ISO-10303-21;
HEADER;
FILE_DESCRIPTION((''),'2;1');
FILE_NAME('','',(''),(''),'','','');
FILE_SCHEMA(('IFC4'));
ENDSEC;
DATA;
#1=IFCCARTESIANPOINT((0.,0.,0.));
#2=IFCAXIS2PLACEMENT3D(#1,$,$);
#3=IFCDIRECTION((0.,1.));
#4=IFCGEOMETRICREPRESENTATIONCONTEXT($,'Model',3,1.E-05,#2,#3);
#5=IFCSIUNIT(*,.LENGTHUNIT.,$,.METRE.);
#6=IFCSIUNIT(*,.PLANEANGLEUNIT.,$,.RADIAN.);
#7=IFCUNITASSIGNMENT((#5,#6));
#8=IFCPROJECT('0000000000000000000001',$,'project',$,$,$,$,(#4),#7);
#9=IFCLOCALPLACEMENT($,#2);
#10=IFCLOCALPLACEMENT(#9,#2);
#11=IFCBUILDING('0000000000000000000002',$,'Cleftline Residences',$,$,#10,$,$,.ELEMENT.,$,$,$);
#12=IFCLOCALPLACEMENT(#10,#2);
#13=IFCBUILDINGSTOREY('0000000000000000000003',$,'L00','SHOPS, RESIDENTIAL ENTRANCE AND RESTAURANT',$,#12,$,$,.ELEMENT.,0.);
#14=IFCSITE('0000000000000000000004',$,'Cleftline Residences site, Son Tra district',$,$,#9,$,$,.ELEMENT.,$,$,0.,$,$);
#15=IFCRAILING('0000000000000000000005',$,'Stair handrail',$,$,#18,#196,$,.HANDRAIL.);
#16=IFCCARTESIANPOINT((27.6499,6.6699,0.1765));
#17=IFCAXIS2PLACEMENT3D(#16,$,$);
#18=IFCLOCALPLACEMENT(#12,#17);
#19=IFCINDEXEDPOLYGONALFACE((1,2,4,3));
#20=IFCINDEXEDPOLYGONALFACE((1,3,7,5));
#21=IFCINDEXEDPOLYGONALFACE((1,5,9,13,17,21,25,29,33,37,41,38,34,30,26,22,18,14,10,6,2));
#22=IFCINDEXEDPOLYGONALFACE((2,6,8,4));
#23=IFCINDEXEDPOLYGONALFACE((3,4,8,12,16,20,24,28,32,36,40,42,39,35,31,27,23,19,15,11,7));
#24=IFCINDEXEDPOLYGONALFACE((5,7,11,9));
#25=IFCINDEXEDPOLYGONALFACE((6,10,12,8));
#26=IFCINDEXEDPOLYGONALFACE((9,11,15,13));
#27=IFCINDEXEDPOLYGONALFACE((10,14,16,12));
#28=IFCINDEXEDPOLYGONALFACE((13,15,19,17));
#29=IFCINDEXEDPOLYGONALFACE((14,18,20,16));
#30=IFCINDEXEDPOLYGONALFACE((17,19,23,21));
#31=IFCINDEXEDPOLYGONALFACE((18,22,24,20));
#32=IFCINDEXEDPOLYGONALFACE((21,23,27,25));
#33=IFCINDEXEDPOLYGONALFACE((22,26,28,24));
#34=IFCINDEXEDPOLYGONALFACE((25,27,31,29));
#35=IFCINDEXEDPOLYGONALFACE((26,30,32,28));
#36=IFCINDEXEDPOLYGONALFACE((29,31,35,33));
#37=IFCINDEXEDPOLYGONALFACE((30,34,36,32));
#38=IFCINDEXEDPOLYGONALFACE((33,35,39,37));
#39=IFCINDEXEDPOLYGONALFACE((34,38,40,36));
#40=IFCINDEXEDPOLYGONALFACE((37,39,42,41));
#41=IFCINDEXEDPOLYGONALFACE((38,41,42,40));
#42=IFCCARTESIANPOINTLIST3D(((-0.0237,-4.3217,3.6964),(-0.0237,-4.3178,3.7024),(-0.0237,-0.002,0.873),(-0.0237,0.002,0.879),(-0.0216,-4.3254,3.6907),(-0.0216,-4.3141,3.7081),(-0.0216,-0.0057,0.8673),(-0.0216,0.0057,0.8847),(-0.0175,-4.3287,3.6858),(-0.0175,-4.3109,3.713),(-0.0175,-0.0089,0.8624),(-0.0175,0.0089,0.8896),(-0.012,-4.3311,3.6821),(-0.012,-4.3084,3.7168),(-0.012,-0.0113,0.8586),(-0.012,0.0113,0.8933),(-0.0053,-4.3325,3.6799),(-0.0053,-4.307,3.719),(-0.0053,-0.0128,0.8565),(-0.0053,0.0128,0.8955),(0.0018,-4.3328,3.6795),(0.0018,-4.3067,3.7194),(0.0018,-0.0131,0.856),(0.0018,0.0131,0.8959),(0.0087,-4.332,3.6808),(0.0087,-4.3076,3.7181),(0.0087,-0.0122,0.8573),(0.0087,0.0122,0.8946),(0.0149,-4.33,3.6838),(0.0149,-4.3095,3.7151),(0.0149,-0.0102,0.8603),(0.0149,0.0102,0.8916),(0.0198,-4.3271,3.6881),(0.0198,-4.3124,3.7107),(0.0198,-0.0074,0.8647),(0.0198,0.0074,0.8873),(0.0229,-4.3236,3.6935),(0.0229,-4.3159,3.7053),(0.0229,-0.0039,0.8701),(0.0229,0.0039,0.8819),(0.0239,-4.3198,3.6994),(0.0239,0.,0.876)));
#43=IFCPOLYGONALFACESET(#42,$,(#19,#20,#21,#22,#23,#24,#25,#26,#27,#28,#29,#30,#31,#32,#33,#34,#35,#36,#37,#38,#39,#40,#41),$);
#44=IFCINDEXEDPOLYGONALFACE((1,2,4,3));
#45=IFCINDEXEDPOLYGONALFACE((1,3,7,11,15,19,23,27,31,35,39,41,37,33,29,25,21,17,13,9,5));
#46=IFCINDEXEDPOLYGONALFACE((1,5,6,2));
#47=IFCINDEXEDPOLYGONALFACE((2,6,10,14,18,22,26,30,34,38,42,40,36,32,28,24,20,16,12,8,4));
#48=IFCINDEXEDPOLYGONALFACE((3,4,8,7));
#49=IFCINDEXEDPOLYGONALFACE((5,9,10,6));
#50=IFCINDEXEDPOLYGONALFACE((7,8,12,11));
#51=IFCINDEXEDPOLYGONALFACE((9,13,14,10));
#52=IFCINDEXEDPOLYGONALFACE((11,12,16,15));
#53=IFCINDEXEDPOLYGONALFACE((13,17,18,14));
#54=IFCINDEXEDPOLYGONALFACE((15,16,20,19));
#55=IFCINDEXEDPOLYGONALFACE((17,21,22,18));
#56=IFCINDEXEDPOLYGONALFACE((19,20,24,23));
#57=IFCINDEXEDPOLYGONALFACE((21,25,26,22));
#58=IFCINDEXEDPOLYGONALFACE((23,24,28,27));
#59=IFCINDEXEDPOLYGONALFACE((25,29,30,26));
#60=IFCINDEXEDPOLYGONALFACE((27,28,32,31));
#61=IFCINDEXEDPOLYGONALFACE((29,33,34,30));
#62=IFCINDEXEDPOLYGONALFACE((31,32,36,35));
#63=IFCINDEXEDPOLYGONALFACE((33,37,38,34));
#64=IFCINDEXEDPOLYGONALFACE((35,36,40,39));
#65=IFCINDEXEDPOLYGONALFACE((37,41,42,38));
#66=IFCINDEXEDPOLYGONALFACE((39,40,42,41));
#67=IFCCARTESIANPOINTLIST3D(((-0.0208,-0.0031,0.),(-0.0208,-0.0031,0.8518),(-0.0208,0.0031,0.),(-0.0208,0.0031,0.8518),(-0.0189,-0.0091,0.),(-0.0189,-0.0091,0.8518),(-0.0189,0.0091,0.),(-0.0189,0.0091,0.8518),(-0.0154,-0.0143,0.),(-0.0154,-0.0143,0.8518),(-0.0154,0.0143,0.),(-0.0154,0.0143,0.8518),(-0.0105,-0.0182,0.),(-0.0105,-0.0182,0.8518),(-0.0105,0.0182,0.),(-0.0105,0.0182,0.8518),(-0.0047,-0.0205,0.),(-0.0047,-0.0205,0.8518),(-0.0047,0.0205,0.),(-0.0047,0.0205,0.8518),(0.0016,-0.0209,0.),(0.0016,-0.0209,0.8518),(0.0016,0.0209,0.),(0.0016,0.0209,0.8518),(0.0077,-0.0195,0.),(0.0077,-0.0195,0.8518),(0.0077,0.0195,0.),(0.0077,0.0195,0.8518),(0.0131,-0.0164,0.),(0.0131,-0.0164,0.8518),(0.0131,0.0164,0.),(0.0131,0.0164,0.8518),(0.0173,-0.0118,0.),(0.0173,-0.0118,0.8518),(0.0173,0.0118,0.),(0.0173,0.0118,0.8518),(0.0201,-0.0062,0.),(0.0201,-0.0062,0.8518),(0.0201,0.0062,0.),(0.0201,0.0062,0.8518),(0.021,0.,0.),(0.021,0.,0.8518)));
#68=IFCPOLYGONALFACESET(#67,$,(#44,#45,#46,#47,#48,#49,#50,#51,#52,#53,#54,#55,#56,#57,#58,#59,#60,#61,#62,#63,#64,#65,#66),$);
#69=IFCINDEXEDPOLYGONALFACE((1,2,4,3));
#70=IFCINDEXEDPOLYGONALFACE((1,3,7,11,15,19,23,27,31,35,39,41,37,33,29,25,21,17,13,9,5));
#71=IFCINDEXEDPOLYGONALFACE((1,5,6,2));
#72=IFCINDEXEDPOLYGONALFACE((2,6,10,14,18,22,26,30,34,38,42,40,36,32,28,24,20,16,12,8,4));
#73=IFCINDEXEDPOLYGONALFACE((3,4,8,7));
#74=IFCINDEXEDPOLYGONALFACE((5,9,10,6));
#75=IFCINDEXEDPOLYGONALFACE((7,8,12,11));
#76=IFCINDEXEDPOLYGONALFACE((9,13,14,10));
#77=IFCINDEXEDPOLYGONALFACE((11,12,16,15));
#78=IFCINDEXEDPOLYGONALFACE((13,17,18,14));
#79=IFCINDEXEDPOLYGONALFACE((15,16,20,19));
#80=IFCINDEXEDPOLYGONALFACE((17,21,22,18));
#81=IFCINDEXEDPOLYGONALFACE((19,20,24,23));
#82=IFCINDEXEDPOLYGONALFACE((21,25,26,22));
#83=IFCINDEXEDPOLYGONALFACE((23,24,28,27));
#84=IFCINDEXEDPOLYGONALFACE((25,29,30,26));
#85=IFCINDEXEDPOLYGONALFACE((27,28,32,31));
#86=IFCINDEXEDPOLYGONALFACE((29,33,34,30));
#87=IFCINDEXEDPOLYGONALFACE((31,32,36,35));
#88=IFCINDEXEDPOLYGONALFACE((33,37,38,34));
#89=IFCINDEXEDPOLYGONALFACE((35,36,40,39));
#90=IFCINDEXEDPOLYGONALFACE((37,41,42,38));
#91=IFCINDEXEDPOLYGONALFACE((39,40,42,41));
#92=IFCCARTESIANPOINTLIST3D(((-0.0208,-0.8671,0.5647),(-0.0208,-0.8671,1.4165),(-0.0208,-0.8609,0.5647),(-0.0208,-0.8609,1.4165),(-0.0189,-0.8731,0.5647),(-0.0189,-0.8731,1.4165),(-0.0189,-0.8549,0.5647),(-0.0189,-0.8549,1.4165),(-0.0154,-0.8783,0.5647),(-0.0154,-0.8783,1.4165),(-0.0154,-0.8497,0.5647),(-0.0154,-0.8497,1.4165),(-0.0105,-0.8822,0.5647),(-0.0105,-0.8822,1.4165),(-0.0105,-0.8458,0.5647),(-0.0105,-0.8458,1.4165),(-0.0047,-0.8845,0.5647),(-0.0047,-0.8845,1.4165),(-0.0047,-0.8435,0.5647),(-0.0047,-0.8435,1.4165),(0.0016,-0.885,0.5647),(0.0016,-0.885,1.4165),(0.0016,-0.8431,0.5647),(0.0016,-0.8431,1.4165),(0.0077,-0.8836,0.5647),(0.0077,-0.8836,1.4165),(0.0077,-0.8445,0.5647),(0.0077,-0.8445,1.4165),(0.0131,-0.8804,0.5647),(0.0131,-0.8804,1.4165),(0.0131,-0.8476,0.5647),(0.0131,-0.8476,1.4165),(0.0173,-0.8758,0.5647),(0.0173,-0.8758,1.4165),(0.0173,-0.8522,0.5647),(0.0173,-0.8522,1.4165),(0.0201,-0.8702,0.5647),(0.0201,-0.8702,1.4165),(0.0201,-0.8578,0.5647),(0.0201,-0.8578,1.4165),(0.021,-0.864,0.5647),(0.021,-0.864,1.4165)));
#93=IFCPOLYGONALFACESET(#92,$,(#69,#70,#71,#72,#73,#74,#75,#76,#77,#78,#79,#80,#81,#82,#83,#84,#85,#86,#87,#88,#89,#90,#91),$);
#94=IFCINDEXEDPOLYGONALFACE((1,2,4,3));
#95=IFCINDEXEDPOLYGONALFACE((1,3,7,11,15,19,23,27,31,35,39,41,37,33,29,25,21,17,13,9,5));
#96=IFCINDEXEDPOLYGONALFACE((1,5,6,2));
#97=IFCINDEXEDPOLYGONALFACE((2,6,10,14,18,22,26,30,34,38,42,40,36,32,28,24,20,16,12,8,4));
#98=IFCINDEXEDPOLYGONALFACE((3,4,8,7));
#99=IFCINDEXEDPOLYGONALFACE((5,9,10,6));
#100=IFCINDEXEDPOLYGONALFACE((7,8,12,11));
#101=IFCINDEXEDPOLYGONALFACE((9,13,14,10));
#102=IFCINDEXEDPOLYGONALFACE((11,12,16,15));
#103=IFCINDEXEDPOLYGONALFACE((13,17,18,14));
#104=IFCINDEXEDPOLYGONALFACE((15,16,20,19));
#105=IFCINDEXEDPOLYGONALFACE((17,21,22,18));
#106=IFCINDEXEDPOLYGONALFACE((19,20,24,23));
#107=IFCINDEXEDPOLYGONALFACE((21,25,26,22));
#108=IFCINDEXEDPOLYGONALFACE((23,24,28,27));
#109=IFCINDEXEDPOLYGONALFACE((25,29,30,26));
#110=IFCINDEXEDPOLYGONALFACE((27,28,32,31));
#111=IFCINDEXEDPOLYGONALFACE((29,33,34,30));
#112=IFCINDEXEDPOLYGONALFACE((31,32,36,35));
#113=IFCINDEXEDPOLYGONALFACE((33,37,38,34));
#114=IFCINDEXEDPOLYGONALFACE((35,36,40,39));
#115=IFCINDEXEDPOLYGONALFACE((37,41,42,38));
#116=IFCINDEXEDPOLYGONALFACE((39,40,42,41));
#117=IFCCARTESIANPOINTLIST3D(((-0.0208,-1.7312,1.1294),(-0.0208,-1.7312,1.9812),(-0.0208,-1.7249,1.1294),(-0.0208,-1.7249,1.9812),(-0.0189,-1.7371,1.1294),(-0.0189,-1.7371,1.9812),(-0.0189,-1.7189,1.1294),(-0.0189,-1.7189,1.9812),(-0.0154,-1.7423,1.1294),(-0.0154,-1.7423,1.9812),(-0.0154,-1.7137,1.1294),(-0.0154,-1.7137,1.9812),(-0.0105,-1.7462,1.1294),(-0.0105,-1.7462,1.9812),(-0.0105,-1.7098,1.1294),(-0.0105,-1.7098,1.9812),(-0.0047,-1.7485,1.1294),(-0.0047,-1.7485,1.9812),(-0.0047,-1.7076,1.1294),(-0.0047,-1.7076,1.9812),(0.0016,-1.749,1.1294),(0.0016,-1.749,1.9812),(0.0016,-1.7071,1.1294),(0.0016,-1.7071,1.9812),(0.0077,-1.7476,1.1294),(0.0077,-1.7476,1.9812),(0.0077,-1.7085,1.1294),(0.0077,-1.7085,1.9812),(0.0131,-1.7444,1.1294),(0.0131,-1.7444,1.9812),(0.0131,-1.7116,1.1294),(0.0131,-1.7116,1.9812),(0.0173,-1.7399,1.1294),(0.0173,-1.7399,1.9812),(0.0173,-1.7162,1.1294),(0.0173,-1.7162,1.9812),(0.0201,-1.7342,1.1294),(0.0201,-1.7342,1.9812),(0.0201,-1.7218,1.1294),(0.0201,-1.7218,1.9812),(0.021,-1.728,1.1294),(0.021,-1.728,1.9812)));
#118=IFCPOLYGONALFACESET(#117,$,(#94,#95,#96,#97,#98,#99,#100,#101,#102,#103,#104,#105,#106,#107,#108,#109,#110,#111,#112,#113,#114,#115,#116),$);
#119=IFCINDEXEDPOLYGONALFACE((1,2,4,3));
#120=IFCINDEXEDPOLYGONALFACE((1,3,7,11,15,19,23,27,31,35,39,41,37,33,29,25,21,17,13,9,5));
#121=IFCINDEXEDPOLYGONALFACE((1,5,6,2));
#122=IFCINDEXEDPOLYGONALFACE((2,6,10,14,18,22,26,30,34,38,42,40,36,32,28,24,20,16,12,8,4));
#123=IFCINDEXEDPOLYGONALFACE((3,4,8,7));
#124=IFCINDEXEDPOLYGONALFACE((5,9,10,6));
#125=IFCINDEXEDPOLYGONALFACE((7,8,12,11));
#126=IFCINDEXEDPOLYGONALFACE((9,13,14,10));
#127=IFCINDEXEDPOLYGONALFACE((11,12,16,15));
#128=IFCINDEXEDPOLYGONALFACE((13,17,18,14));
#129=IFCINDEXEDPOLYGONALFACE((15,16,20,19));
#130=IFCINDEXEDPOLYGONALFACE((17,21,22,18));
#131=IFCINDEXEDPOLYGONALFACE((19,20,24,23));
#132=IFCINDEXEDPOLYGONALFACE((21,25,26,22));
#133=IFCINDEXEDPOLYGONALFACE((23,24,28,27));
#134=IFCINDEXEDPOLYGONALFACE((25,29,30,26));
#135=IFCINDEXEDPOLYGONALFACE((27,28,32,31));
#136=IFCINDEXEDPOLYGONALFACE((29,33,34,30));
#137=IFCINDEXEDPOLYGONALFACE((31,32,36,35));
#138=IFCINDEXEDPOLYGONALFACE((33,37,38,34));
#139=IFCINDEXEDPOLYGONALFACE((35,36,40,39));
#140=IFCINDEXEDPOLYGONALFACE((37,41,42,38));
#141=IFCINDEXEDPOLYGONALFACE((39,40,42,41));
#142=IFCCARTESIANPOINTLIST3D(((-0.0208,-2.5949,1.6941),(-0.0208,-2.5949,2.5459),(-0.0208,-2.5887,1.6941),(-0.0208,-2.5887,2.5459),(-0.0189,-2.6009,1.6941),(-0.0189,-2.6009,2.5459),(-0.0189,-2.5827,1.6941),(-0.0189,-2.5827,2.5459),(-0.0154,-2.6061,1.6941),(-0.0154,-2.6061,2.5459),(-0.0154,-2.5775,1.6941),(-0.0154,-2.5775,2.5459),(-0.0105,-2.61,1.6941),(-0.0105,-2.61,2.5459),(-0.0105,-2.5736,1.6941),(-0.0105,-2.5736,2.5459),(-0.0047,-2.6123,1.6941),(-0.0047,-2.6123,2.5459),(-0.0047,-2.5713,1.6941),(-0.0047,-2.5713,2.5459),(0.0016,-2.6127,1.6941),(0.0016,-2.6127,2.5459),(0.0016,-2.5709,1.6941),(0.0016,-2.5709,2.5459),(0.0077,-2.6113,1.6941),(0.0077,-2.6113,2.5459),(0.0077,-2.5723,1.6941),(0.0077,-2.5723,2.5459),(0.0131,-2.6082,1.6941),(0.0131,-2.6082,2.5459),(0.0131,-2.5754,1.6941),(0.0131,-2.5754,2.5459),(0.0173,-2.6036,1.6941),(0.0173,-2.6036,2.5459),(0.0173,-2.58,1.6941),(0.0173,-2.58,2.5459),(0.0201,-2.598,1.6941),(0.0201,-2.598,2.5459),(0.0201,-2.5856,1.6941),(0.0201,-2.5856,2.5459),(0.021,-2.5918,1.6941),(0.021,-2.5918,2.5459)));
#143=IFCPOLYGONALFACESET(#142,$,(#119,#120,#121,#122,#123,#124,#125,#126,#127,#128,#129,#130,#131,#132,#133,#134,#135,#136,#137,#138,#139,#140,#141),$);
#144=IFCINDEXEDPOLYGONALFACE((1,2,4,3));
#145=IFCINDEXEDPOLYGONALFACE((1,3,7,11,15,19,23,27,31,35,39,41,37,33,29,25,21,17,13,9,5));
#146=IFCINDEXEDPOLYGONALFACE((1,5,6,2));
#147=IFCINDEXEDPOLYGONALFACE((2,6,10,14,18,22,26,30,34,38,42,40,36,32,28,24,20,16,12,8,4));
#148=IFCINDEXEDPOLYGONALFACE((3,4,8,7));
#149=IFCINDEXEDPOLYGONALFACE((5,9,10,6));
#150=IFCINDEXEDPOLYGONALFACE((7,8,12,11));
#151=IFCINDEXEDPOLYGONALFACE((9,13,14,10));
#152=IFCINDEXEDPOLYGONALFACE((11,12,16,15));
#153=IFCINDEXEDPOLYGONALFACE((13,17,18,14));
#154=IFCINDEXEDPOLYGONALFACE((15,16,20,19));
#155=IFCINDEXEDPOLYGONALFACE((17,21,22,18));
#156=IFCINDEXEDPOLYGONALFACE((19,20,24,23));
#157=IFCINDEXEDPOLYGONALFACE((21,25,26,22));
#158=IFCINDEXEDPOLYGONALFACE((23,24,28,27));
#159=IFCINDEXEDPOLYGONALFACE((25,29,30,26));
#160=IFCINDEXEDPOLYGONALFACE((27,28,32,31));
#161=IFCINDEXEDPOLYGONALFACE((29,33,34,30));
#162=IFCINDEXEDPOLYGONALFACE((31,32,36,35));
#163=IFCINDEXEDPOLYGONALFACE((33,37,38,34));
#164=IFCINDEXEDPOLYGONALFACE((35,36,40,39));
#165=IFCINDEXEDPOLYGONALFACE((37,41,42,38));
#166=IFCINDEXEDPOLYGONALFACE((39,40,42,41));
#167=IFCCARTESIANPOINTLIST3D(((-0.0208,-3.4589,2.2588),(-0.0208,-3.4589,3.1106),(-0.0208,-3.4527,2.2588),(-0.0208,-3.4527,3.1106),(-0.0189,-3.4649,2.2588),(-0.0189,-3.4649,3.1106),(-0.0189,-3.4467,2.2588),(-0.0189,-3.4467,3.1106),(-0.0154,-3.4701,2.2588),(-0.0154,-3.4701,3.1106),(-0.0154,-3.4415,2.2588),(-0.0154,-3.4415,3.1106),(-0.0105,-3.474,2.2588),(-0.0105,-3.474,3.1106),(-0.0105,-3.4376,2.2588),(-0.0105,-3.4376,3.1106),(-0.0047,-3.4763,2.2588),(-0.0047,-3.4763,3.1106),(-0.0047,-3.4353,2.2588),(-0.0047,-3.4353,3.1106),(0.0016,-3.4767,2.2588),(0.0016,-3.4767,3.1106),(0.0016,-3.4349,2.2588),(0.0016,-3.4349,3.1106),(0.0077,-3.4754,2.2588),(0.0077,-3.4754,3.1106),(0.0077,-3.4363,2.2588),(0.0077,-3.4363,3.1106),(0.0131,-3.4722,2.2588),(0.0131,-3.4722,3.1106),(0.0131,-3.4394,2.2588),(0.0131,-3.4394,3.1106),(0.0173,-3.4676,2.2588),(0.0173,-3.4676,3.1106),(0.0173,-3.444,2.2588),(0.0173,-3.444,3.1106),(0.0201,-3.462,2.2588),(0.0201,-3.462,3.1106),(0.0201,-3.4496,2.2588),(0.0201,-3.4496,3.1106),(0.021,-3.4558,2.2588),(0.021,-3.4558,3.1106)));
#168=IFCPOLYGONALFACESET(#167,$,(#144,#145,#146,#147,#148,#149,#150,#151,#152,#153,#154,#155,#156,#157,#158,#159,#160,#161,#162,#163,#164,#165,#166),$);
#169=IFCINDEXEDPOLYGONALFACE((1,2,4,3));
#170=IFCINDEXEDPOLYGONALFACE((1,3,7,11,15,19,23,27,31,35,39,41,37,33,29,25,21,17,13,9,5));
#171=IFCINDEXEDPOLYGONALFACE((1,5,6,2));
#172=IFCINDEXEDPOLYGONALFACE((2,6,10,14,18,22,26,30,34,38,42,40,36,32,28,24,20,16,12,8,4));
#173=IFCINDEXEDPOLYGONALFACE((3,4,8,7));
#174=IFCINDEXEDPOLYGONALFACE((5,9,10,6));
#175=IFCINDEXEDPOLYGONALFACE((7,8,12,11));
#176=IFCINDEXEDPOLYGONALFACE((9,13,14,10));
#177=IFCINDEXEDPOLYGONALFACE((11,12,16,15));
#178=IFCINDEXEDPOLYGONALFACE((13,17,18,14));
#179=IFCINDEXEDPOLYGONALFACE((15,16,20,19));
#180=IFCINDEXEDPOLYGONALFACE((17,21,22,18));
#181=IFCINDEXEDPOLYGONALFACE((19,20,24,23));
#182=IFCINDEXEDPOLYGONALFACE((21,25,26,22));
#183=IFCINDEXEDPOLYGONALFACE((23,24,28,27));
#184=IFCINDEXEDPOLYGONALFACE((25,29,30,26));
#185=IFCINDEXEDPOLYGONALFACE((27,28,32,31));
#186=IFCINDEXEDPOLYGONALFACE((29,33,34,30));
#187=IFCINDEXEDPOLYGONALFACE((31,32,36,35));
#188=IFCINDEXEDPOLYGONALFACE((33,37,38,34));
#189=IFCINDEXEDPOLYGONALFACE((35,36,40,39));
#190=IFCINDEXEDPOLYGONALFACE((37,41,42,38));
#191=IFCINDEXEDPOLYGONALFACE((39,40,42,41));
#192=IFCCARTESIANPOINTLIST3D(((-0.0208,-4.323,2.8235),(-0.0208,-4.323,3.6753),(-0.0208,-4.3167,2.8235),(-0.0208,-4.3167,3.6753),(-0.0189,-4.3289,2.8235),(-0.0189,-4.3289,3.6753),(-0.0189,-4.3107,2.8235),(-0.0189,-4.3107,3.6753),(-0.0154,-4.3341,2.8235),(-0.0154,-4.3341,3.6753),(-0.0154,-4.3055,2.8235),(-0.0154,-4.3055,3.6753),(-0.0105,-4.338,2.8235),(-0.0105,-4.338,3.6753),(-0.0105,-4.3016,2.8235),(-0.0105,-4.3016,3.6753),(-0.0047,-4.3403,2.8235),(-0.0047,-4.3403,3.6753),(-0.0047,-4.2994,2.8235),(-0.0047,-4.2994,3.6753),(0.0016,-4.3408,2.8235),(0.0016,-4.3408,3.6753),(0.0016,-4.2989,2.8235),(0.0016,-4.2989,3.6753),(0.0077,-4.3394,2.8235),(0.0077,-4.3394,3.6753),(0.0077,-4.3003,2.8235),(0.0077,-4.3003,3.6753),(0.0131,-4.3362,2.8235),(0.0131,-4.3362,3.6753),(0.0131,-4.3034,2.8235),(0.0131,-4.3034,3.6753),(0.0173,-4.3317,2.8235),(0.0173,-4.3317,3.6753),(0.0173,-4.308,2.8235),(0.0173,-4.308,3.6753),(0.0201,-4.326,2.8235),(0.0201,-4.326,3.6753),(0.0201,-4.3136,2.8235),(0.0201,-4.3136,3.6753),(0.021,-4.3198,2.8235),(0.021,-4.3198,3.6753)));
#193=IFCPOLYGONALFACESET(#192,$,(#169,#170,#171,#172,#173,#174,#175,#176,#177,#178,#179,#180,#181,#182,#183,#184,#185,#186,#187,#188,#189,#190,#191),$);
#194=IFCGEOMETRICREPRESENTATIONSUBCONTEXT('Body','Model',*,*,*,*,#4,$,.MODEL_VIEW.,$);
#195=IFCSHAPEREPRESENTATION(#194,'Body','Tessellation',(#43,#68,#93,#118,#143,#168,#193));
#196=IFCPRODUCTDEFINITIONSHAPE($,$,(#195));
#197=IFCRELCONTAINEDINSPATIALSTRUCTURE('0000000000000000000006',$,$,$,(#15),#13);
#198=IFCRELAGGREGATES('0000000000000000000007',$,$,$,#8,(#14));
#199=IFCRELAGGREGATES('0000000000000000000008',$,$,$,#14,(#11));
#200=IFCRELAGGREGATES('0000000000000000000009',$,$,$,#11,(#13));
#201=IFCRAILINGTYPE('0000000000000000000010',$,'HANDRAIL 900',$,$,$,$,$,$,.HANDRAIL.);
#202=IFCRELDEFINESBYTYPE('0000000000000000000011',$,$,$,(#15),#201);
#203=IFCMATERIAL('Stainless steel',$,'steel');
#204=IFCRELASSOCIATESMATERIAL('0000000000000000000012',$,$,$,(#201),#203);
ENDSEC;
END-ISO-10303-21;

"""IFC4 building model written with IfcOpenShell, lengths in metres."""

from ifc_helpers import new_model, si_unit, direction, frame, origin, origin_2d, place, context, subcontext, project, spatial, circle, extrude, material, type_object, element, save


model = new_model("IFC4")

# Units and contexts
model_context = context("Model", 3, precision=1e-05, world=origin(), true_north=direction((0.0, 1.0)))
body_context = subcontext(model_context, "Body", "Model", "MODEL_VIEW")
ifc_project = project(units=[si_unit("LENGTHUNIT", "METRE"), si_unit("PLANEANGLEUNIT", "RADIAN")], contexts=[model_context])

# Site, building, storey
site_placement = place(None, origin())
site = spatial("IfcSite", under=ifc_project, at=site_placement, Name="Cleftline Residences site, Son Tra district", CompositionType="ELEMENT", RefElevation=0.0)
building_placement = place(site_placement, origin())
building = spatial("IfcBuilding", under=site, at=building_placement, Name="Cleftline Residences", CompositionType="ELEMENT")
storey_placement = place(building_placement, origin())
storey = spatial("IfcBuildingStorey", under=building, at=storey_placement, Name="L00", Description="SHOPS, RESIDENTIAL ENTRANCE AND RESTAURANT", CompositionType="ELEMENT", Elevation=0.0)

# Railing
ifc_material_1 = material(Name="Stainless steel", Category="steel")
railing_type = type_object("IfcRailingType", Name="HANDRAIL 900", PredefinedType="HANDRAIL", material=ifc_material_1)
railing_1_placement = place(storey_placement, frame((27.6499, 6.6699, 0.1765)))
element("IfcRailing", 1, at=railing_1_placement, inside=storey, type_object=railing_type, Name="Stair handrail", PredefinedType="HANDRAIL", context=body_context, shape_type="SweptSolid", body=[
    extrude(circle(Radius=0.0239, at=origin_2d()), frame((0.0, 0.0, 0.876), z_axis=(0.0, -0.83706, 0.547112), x_axis=(1.0, 0.0, 0.0)), (0.0, 0.0, 1.0), 5.1606),
    extrude(circle(Radius=0.021, at=origin_2d()), origin(), (0.0, 0.0, 1.0), 0.8518),
    extrude(circle(Radius=0.021, at=origin_2d()), frame((0.0, -0.864, 0.5647)), (0.0, 0.0, 1.0), 0.8518),
    extrude(circle(Radius=0.021, at=origin_2d()), frame((0.0, -1.728, 1.1294)), (0.0, 0.0, 1.0), 0.8518),
    extrude(circle(Radius=0.021, at=origin_2d()), frame((0.0, -2.5918, 1.6941)), (0.0, 0.0, 1.0), 0.8518),
    extrude(circle(Radius=0.021, at=origin_2d()), frame((0.0, -3.4558, 2.2588)), (0.0, 0.0, 1.0), 0.8518),
    extrude(circle(Radius=0.021, at=origin_2d()), frame((0.0, -4.3198, 2.8235)), (0.0, 0.0, 1.0), 0.8518),
])

save(model, "model.ifc")
